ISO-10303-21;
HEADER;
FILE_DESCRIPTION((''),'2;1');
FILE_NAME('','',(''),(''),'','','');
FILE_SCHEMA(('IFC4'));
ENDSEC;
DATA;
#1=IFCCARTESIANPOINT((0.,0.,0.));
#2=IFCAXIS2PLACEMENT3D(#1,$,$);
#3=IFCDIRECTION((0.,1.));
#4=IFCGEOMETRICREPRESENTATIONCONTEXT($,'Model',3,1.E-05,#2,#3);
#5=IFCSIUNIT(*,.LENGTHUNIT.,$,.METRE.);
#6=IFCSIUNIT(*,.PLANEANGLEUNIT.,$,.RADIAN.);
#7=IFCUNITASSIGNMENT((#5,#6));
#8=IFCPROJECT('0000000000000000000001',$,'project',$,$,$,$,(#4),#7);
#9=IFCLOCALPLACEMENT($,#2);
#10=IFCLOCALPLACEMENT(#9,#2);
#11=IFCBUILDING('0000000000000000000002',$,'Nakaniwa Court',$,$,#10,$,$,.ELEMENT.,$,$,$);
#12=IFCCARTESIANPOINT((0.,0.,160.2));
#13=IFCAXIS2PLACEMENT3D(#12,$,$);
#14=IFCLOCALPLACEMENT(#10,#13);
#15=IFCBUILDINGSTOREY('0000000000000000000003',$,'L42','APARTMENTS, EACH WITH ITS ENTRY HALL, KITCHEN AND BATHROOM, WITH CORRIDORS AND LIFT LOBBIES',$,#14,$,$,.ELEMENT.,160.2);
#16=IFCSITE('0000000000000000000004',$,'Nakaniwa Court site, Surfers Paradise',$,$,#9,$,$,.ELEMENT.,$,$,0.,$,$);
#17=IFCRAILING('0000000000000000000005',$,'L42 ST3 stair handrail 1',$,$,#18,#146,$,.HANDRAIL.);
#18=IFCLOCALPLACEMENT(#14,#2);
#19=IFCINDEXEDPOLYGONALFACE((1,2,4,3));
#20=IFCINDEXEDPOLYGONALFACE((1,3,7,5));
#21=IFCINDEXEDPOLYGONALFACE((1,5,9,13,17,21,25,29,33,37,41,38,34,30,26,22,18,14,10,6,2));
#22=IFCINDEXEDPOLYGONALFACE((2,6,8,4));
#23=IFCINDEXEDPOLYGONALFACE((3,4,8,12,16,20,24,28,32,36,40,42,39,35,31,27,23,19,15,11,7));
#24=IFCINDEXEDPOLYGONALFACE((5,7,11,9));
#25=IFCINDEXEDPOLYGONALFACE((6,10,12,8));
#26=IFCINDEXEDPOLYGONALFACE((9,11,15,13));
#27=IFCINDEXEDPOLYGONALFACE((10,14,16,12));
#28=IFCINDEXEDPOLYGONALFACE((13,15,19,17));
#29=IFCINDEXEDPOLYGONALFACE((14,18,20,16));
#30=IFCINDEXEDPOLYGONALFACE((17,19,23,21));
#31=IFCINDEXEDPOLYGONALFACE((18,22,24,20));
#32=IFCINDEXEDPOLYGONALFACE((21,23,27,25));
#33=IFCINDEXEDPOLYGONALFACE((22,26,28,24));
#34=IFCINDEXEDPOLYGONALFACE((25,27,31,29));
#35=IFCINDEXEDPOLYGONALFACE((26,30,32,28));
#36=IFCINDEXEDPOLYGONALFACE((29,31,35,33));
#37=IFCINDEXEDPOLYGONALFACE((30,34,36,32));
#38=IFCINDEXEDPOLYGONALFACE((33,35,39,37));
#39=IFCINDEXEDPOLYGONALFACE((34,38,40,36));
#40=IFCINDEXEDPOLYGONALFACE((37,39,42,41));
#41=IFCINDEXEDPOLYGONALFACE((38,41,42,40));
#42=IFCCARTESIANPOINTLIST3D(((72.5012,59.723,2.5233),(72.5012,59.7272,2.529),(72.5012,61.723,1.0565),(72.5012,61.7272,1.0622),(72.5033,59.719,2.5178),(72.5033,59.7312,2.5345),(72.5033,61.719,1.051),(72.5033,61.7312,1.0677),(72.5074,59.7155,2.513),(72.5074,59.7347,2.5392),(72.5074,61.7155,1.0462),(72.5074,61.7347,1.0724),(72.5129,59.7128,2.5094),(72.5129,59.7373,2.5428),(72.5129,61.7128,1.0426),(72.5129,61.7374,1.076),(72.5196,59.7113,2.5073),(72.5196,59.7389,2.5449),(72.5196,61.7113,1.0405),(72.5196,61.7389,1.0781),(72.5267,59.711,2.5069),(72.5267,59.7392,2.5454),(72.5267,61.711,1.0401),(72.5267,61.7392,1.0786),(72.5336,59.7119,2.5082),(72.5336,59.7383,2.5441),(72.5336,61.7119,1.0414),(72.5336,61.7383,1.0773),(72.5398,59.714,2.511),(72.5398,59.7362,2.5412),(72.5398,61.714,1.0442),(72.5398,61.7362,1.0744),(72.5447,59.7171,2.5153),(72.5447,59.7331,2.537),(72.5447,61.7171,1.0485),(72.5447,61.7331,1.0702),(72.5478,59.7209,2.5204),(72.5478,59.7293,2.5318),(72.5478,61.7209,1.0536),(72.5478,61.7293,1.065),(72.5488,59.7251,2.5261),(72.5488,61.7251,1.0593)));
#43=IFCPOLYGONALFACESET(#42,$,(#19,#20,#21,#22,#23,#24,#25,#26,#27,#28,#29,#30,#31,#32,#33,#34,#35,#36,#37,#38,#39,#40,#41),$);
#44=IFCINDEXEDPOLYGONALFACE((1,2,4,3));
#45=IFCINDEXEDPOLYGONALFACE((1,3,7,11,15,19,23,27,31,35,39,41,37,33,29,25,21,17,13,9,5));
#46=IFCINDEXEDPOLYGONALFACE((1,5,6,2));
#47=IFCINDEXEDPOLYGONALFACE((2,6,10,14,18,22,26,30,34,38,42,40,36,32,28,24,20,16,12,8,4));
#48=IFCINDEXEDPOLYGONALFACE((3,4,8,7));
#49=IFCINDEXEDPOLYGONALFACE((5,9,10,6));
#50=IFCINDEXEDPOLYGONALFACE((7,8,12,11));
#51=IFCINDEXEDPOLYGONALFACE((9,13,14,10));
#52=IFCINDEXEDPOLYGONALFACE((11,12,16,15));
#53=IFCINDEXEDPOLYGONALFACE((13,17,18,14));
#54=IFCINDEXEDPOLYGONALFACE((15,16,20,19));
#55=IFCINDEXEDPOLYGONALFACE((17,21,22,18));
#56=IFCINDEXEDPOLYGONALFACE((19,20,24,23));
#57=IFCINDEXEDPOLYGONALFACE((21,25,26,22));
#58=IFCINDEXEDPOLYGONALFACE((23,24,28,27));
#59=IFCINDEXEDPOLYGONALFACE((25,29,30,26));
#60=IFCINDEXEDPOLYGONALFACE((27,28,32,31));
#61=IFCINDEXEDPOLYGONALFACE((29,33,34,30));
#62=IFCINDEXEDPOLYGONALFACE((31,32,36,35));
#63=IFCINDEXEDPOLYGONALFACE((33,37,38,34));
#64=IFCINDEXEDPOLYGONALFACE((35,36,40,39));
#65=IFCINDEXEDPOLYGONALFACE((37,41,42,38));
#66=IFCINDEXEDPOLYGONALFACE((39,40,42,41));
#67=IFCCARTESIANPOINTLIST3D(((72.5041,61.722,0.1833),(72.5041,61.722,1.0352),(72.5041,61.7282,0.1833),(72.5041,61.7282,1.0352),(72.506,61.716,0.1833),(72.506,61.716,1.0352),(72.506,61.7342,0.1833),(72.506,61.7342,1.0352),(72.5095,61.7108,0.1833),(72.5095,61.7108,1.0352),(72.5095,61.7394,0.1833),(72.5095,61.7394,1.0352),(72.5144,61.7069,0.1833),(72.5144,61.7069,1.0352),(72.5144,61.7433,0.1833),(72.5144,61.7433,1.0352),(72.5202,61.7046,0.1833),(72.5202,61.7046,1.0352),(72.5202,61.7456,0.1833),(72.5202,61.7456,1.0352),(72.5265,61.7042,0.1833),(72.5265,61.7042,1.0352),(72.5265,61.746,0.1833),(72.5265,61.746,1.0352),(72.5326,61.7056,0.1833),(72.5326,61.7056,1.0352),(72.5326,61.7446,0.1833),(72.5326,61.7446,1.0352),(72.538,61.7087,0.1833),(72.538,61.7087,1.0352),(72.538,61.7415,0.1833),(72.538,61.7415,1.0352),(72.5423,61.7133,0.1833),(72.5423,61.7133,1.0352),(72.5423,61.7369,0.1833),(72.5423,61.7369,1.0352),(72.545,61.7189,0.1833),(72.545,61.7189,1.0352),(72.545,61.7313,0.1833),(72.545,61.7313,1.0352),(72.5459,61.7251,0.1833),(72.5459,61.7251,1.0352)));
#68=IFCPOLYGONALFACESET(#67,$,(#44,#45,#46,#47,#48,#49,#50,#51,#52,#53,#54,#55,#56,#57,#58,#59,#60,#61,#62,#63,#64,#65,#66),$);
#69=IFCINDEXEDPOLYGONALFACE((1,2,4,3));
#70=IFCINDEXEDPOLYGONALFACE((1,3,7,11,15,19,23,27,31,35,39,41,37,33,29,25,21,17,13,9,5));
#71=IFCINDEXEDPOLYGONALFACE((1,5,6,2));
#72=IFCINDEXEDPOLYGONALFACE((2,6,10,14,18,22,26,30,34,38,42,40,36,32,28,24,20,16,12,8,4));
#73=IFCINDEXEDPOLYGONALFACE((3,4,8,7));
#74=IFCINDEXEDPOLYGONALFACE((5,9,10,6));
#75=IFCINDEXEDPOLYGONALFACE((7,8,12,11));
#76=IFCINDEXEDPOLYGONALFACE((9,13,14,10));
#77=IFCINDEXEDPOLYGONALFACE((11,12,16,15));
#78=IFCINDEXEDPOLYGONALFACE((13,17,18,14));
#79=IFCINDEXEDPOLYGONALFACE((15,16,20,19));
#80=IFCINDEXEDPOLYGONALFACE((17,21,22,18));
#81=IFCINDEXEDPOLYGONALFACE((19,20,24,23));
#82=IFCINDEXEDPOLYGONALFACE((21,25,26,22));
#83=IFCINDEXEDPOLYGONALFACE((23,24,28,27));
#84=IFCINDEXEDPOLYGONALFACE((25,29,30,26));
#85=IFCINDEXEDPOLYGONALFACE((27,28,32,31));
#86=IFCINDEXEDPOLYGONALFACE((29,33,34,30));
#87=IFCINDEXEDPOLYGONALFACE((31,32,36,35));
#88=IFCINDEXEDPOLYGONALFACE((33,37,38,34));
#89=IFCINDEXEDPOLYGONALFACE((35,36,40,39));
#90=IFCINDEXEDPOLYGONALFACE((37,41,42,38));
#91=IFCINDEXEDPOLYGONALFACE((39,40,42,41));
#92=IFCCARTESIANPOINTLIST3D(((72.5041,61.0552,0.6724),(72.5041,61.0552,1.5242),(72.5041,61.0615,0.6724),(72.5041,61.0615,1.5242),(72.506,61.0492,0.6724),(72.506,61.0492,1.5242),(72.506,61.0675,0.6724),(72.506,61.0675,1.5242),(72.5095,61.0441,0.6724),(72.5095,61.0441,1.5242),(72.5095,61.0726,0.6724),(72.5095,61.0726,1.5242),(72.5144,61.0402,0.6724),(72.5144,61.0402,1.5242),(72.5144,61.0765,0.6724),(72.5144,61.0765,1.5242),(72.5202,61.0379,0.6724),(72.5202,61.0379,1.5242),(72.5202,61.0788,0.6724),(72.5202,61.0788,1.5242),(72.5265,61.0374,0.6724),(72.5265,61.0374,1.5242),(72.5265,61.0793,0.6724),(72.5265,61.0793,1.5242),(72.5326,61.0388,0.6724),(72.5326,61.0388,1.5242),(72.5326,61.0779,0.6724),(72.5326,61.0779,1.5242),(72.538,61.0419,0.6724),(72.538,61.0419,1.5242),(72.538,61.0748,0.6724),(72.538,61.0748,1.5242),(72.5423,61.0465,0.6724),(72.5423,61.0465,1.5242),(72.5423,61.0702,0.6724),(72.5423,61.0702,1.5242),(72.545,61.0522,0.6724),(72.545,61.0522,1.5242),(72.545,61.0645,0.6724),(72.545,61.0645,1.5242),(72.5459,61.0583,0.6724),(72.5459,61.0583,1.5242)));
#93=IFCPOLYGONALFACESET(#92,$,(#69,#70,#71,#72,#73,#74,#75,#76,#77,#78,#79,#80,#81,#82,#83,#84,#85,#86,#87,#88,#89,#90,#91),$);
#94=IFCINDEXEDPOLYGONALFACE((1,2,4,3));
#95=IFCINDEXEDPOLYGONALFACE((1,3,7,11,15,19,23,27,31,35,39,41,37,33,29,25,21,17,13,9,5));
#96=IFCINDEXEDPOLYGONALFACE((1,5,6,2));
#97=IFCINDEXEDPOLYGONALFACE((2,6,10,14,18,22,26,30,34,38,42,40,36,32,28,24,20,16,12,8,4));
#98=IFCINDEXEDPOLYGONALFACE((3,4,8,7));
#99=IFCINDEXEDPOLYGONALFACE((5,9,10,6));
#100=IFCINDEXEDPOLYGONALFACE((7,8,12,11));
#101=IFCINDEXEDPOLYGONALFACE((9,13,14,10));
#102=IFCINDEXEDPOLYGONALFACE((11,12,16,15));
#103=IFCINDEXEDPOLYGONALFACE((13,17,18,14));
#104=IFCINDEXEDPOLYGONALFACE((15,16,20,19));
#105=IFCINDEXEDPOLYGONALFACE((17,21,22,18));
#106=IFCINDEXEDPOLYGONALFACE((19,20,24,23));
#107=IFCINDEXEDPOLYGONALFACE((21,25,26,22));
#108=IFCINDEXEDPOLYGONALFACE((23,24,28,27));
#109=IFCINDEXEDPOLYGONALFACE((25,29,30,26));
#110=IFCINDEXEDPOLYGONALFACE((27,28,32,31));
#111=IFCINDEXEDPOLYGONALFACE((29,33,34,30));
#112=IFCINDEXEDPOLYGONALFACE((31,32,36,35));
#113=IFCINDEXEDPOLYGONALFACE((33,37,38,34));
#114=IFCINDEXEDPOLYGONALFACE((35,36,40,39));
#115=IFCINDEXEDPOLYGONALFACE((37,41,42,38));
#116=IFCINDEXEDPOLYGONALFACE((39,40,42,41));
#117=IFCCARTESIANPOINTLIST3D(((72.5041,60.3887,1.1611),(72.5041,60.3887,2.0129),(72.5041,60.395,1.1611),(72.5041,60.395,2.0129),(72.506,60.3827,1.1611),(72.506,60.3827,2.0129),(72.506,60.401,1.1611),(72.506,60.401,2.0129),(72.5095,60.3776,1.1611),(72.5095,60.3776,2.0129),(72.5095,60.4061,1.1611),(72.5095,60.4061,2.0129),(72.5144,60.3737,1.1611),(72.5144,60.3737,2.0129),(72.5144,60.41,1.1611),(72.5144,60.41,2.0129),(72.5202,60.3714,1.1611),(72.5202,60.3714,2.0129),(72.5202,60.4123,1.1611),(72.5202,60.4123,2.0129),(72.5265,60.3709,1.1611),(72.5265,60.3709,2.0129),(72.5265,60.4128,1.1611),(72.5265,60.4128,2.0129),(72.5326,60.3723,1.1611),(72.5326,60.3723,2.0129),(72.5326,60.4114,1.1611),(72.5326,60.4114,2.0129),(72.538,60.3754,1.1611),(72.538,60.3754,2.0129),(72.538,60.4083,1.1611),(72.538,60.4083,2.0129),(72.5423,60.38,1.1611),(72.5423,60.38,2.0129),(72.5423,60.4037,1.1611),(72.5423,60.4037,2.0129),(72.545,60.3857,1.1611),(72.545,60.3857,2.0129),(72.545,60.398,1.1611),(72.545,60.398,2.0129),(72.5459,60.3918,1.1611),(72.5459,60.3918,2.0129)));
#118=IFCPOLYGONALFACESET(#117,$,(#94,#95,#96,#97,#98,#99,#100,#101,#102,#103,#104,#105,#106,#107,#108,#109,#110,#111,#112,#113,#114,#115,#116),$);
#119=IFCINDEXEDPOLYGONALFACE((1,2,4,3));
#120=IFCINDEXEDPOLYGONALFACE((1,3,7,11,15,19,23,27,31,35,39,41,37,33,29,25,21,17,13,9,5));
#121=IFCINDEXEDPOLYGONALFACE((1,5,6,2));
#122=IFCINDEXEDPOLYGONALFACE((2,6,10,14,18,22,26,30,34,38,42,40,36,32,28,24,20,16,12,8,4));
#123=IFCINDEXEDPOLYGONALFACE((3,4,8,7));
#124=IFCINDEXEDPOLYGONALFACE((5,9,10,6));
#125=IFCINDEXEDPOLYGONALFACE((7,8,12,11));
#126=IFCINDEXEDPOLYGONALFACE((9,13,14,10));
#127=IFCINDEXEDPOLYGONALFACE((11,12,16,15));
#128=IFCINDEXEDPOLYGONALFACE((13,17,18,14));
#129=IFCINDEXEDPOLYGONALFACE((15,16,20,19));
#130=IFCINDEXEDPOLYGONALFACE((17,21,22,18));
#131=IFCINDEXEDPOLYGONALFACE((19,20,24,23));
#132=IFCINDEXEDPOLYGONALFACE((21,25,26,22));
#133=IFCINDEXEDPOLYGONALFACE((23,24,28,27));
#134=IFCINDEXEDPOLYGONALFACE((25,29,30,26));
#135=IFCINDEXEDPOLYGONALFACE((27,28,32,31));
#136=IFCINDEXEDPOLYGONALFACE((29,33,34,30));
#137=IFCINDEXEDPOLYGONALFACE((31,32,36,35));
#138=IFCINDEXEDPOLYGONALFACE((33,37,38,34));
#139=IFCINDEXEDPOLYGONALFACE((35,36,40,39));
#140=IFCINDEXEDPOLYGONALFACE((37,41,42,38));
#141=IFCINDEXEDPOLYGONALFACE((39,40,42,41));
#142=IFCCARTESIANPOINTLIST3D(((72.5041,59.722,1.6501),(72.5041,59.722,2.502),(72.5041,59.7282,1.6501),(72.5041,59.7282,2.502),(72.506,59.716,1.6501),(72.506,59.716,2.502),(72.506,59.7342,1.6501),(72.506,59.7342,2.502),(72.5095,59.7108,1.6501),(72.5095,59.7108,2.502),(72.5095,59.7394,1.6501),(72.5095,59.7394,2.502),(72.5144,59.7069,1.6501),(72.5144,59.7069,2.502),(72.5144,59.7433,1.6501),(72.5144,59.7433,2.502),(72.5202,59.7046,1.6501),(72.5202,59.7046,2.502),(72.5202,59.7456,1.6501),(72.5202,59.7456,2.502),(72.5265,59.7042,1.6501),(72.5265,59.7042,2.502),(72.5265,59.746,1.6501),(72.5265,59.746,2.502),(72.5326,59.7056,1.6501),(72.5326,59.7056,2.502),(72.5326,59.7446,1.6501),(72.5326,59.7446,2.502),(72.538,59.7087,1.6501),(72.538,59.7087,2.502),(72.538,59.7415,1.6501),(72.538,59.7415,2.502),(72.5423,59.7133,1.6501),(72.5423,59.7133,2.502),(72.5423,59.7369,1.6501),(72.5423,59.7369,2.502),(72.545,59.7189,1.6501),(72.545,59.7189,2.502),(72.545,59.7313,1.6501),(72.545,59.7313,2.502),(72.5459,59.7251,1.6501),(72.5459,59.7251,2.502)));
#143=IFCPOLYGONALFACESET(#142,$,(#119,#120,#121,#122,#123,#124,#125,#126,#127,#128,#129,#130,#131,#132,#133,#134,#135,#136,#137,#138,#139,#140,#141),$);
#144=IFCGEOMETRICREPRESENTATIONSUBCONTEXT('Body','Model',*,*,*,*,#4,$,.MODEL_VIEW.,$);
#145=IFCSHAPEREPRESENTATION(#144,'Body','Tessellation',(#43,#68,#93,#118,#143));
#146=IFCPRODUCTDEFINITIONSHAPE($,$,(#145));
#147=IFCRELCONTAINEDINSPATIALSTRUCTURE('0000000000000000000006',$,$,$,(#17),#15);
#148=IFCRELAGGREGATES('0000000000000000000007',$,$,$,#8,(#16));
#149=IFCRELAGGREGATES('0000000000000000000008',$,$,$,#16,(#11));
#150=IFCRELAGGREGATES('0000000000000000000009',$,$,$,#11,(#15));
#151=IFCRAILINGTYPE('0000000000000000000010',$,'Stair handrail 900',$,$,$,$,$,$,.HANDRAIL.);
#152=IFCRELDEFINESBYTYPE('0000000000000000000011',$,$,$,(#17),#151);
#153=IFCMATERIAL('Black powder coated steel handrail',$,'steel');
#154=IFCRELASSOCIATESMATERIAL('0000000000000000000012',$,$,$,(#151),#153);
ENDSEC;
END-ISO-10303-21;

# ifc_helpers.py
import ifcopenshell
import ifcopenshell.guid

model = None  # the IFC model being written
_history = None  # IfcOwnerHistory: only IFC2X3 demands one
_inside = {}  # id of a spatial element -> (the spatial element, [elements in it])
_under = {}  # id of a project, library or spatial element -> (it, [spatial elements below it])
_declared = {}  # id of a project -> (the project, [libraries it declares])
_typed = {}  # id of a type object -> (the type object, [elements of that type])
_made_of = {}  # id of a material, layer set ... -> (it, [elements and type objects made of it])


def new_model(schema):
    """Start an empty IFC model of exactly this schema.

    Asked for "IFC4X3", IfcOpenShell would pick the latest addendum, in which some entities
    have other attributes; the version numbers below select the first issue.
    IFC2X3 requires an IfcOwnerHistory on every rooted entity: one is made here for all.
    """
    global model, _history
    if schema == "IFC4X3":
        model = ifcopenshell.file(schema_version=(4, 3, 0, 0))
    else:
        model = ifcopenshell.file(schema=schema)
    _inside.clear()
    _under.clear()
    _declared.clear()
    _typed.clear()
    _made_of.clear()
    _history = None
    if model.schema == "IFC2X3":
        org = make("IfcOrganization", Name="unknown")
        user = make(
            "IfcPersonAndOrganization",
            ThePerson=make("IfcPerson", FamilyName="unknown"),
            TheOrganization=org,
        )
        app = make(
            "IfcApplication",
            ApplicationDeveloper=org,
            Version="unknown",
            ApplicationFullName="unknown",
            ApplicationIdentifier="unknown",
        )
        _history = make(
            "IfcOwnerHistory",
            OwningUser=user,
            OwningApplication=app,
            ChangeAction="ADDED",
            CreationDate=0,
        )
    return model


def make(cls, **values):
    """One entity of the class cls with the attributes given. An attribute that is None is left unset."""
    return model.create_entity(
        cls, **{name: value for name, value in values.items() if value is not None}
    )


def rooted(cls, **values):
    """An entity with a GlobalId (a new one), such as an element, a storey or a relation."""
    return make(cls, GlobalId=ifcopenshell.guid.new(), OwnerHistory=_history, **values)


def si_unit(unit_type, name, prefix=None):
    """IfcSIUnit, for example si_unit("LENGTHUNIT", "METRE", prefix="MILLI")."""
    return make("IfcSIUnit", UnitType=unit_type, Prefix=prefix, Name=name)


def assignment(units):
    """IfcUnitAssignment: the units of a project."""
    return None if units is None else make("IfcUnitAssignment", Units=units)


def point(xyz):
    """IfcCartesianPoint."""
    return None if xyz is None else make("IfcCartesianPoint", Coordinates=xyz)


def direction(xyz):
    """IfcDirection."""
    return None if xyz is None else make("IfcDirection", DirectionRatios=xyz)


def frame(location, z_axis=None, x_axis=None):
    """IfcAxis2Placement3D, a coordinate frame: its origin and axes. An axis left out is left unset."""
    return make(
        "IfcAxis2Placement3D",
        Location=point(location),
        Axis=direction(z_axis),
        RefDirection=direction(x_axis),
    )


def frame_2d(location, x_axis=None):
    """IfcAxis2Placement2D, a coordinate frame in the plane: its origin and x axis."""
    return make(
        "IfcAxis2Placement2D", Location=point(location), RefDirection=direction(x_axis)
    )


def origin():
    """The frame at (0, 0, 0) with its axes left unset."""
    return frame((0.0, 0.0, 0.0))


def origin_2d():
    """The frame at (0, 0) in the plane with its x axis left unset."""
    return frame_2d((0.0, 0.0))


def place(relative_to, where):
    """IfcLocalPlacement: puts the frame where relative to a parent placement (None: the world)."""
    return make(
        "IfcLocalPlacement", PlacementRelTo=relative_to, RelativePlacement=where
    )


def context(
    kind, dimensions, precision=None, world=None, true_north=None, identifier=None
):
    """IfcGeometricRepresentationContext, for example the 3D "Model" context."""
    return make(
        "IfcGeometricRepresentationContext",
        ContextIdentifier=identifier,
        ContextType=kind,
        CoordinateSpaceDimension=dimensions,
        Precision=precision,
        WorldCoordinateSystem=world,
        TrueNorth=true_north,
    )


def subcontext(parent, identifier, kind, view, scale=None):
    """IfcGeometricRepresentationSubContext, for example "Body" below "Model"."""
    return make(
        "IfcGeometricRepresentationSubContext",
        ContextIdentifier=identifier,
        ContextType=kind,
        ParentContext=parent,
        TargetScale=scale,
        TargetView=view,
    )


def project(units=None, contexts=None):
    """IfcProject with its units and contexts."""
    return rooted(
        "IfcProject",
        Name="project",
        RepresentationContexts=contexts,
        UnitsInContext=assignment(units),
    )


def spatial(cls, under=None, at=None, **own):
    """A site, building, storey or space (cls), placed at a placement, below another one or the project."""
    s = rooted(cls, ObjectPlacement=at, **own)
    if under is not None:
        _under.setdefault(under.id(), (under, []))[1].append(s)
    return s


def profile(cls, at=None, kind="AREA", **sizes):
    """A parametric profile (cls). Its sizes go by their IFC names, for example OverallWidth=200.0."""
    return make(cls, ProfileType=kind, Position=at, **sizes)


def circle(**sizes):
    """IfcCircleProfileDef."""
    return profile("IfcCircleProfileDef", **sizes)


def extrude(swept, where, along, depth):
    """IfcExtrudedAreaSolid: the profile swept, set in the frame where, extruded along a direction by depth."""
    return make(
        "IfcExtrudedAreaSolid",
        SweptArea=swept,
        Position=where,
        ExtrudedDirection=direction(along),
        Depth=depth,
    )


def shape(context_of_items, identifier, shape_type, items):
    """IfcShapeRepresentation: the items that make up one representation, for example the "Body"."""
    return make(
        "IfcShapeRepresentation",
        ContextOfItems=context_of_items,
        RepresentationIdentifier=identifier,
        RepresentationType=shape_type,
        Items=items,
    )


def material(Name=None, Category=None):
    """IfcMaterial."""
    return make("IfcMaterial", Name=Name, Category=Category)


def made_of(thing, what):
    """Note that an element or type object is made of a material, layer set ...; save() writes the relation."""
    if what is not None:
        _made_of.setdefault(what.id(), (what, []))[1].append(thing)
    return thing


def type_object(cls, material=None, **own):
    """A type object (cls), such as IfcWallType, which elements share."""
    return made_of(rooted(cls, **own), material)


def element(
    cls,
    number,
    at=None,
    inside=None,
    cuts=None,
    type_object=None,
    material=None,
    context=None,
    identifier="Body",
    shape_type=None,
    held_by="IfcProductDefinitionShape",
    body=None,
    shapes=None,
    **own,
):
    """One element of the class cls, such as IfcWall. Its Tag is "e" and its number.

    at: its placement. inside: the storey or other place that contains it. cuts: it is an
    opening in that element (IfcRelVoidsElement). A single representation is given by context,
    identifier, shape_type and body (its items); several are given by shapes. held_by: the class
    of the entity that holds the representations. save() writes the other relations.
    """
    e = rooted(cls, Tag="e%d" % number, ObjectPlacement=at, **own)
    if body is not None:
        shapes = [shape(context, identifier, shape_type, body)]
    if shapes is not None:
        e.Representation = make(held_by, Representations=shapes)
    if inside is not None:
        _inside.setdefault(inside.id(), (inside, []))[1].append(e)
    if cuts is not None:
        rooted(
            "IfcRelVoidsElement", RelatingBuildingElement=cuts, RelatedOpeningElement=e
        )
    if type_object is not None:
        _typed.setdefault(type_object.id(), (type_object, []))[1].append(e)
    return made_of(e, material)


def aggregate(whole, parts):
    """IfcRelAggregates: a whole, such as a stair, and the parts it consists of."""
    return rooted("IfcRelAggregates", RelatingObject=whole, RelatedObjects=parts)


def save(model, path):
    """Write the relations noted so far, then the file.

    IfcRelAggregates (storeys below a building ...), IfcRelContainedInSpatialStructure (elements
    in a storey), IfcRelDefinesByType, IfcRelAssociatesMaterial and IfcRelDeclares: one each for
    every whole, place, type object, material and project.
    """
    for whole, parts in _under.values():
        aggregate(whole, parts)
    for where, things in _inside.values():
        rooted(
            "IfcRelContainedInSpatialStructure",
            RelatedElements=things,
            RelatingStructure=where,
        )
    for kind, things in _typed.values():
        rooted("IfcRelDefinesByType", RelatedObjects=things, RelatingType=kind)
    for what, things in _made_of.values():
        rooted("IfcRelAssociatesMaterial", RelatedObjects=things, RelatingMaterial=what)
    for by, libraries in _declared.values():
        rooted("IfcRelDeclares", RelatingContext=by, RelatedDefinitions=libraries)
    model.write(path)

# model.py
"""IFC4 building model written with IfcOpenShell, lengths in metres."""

from ifc_helpers import new_model, si_unit, direction, frame, origin, origin_2d, place, context, subcontext, project, spatial, circle, extrude, material, type_object, element, save


model = new_model("IFC4")

# Units and contexts
model_context = context("Model", 3, precision=1e-05, world=origin(), true_north=direction((0.0, 1.0)))
body_context = subcontext(model_context, "Body", "Model", "MODEL_VIEW")
ifc_project = project(units=[si_unit("LENGTHUNIT", "METRE"), si_unit("PLANEANGLEUNIT", "RADIAN")], contexts=[model_context])

# Site, building, storey
site_placement = place(None, origin())
site = spatial("IfcSite", under=ifc_project, at=site_placement, Name="Nakaniwa Court site, Surfers Paradise", CompositionType="ELEMENT", RefElevation=0.0)
building_placement = place(site_placement, origin())
building = spatial("IfcBuilding", under=site, at=building_placement, Name="Nakaniwa Court", CompositionType="ELEMENT")
storey_placement = place(building_placement, frame((0.0, 0.0, 160.2)))
storey = spatial("IfcBuildingStorey", under=building, at=storey_placement, Name="L42", Description="APARTMENTS, EACH WITH ITS ENTRY HALL, KITCHEN AND BATHROOM, WITH CORRIDORS AND LIFT LOBBIES", CompositionType="ELEMENT", Elevation=160.2)

# Railing
ifc_material_1 = material(Name="Black powder coated steel handrail", Category="steel")
railing_type_1 = type_object("IfcRailingType", Name="Stair handrail 900", PredefinedType="HANDRAIL", material=ifc_material_1)
railing_1_placement = place(storey_placement, frame((72.5249, 61.7251, 0.1833)))
element("IfcRailing", 1, at=railing_1_placement, inside=storey, type_object=railing_type_1, Name="L42 ST3 stair handrail 1", PredefinedType="HANDRAIL", context=body_context, shape_type="SweptSolid", body=[
    extrude(circle(Radius=0.0239, at=origin_2d()), frame((0.0, 0.0, 0.876), z_axis=(0.0, -0.80638, 0.591398), x_axis=(1.0, 0.0, 0.0)), (0.0, 0.0, 1.0), 2.4802),
    extrude(circle(Radius=0.021, at=origin_2d()), origin(), (0.0, 0.0, 1.0), 0.8518),
    extrude(circle(Radius=0.021, at=origin_2d()), frame((0.0, -0.6667, 0.489)), (0.0, 0.0, 1.0), 0.8518),
    extrude(circle(Radius=0.021, at=origin_2d()), frame((0.0, -1.3333, 0.9778)), (0.0, 0.0, 1.0), 0.8518),
    extrude(circle(Radius=0.021, at=origin_2d()), frame((0.0, -2.0, 1.4668)), (0.0, 0.0, 1.0), 0.8518),
])

save(model, "model.ifc")
